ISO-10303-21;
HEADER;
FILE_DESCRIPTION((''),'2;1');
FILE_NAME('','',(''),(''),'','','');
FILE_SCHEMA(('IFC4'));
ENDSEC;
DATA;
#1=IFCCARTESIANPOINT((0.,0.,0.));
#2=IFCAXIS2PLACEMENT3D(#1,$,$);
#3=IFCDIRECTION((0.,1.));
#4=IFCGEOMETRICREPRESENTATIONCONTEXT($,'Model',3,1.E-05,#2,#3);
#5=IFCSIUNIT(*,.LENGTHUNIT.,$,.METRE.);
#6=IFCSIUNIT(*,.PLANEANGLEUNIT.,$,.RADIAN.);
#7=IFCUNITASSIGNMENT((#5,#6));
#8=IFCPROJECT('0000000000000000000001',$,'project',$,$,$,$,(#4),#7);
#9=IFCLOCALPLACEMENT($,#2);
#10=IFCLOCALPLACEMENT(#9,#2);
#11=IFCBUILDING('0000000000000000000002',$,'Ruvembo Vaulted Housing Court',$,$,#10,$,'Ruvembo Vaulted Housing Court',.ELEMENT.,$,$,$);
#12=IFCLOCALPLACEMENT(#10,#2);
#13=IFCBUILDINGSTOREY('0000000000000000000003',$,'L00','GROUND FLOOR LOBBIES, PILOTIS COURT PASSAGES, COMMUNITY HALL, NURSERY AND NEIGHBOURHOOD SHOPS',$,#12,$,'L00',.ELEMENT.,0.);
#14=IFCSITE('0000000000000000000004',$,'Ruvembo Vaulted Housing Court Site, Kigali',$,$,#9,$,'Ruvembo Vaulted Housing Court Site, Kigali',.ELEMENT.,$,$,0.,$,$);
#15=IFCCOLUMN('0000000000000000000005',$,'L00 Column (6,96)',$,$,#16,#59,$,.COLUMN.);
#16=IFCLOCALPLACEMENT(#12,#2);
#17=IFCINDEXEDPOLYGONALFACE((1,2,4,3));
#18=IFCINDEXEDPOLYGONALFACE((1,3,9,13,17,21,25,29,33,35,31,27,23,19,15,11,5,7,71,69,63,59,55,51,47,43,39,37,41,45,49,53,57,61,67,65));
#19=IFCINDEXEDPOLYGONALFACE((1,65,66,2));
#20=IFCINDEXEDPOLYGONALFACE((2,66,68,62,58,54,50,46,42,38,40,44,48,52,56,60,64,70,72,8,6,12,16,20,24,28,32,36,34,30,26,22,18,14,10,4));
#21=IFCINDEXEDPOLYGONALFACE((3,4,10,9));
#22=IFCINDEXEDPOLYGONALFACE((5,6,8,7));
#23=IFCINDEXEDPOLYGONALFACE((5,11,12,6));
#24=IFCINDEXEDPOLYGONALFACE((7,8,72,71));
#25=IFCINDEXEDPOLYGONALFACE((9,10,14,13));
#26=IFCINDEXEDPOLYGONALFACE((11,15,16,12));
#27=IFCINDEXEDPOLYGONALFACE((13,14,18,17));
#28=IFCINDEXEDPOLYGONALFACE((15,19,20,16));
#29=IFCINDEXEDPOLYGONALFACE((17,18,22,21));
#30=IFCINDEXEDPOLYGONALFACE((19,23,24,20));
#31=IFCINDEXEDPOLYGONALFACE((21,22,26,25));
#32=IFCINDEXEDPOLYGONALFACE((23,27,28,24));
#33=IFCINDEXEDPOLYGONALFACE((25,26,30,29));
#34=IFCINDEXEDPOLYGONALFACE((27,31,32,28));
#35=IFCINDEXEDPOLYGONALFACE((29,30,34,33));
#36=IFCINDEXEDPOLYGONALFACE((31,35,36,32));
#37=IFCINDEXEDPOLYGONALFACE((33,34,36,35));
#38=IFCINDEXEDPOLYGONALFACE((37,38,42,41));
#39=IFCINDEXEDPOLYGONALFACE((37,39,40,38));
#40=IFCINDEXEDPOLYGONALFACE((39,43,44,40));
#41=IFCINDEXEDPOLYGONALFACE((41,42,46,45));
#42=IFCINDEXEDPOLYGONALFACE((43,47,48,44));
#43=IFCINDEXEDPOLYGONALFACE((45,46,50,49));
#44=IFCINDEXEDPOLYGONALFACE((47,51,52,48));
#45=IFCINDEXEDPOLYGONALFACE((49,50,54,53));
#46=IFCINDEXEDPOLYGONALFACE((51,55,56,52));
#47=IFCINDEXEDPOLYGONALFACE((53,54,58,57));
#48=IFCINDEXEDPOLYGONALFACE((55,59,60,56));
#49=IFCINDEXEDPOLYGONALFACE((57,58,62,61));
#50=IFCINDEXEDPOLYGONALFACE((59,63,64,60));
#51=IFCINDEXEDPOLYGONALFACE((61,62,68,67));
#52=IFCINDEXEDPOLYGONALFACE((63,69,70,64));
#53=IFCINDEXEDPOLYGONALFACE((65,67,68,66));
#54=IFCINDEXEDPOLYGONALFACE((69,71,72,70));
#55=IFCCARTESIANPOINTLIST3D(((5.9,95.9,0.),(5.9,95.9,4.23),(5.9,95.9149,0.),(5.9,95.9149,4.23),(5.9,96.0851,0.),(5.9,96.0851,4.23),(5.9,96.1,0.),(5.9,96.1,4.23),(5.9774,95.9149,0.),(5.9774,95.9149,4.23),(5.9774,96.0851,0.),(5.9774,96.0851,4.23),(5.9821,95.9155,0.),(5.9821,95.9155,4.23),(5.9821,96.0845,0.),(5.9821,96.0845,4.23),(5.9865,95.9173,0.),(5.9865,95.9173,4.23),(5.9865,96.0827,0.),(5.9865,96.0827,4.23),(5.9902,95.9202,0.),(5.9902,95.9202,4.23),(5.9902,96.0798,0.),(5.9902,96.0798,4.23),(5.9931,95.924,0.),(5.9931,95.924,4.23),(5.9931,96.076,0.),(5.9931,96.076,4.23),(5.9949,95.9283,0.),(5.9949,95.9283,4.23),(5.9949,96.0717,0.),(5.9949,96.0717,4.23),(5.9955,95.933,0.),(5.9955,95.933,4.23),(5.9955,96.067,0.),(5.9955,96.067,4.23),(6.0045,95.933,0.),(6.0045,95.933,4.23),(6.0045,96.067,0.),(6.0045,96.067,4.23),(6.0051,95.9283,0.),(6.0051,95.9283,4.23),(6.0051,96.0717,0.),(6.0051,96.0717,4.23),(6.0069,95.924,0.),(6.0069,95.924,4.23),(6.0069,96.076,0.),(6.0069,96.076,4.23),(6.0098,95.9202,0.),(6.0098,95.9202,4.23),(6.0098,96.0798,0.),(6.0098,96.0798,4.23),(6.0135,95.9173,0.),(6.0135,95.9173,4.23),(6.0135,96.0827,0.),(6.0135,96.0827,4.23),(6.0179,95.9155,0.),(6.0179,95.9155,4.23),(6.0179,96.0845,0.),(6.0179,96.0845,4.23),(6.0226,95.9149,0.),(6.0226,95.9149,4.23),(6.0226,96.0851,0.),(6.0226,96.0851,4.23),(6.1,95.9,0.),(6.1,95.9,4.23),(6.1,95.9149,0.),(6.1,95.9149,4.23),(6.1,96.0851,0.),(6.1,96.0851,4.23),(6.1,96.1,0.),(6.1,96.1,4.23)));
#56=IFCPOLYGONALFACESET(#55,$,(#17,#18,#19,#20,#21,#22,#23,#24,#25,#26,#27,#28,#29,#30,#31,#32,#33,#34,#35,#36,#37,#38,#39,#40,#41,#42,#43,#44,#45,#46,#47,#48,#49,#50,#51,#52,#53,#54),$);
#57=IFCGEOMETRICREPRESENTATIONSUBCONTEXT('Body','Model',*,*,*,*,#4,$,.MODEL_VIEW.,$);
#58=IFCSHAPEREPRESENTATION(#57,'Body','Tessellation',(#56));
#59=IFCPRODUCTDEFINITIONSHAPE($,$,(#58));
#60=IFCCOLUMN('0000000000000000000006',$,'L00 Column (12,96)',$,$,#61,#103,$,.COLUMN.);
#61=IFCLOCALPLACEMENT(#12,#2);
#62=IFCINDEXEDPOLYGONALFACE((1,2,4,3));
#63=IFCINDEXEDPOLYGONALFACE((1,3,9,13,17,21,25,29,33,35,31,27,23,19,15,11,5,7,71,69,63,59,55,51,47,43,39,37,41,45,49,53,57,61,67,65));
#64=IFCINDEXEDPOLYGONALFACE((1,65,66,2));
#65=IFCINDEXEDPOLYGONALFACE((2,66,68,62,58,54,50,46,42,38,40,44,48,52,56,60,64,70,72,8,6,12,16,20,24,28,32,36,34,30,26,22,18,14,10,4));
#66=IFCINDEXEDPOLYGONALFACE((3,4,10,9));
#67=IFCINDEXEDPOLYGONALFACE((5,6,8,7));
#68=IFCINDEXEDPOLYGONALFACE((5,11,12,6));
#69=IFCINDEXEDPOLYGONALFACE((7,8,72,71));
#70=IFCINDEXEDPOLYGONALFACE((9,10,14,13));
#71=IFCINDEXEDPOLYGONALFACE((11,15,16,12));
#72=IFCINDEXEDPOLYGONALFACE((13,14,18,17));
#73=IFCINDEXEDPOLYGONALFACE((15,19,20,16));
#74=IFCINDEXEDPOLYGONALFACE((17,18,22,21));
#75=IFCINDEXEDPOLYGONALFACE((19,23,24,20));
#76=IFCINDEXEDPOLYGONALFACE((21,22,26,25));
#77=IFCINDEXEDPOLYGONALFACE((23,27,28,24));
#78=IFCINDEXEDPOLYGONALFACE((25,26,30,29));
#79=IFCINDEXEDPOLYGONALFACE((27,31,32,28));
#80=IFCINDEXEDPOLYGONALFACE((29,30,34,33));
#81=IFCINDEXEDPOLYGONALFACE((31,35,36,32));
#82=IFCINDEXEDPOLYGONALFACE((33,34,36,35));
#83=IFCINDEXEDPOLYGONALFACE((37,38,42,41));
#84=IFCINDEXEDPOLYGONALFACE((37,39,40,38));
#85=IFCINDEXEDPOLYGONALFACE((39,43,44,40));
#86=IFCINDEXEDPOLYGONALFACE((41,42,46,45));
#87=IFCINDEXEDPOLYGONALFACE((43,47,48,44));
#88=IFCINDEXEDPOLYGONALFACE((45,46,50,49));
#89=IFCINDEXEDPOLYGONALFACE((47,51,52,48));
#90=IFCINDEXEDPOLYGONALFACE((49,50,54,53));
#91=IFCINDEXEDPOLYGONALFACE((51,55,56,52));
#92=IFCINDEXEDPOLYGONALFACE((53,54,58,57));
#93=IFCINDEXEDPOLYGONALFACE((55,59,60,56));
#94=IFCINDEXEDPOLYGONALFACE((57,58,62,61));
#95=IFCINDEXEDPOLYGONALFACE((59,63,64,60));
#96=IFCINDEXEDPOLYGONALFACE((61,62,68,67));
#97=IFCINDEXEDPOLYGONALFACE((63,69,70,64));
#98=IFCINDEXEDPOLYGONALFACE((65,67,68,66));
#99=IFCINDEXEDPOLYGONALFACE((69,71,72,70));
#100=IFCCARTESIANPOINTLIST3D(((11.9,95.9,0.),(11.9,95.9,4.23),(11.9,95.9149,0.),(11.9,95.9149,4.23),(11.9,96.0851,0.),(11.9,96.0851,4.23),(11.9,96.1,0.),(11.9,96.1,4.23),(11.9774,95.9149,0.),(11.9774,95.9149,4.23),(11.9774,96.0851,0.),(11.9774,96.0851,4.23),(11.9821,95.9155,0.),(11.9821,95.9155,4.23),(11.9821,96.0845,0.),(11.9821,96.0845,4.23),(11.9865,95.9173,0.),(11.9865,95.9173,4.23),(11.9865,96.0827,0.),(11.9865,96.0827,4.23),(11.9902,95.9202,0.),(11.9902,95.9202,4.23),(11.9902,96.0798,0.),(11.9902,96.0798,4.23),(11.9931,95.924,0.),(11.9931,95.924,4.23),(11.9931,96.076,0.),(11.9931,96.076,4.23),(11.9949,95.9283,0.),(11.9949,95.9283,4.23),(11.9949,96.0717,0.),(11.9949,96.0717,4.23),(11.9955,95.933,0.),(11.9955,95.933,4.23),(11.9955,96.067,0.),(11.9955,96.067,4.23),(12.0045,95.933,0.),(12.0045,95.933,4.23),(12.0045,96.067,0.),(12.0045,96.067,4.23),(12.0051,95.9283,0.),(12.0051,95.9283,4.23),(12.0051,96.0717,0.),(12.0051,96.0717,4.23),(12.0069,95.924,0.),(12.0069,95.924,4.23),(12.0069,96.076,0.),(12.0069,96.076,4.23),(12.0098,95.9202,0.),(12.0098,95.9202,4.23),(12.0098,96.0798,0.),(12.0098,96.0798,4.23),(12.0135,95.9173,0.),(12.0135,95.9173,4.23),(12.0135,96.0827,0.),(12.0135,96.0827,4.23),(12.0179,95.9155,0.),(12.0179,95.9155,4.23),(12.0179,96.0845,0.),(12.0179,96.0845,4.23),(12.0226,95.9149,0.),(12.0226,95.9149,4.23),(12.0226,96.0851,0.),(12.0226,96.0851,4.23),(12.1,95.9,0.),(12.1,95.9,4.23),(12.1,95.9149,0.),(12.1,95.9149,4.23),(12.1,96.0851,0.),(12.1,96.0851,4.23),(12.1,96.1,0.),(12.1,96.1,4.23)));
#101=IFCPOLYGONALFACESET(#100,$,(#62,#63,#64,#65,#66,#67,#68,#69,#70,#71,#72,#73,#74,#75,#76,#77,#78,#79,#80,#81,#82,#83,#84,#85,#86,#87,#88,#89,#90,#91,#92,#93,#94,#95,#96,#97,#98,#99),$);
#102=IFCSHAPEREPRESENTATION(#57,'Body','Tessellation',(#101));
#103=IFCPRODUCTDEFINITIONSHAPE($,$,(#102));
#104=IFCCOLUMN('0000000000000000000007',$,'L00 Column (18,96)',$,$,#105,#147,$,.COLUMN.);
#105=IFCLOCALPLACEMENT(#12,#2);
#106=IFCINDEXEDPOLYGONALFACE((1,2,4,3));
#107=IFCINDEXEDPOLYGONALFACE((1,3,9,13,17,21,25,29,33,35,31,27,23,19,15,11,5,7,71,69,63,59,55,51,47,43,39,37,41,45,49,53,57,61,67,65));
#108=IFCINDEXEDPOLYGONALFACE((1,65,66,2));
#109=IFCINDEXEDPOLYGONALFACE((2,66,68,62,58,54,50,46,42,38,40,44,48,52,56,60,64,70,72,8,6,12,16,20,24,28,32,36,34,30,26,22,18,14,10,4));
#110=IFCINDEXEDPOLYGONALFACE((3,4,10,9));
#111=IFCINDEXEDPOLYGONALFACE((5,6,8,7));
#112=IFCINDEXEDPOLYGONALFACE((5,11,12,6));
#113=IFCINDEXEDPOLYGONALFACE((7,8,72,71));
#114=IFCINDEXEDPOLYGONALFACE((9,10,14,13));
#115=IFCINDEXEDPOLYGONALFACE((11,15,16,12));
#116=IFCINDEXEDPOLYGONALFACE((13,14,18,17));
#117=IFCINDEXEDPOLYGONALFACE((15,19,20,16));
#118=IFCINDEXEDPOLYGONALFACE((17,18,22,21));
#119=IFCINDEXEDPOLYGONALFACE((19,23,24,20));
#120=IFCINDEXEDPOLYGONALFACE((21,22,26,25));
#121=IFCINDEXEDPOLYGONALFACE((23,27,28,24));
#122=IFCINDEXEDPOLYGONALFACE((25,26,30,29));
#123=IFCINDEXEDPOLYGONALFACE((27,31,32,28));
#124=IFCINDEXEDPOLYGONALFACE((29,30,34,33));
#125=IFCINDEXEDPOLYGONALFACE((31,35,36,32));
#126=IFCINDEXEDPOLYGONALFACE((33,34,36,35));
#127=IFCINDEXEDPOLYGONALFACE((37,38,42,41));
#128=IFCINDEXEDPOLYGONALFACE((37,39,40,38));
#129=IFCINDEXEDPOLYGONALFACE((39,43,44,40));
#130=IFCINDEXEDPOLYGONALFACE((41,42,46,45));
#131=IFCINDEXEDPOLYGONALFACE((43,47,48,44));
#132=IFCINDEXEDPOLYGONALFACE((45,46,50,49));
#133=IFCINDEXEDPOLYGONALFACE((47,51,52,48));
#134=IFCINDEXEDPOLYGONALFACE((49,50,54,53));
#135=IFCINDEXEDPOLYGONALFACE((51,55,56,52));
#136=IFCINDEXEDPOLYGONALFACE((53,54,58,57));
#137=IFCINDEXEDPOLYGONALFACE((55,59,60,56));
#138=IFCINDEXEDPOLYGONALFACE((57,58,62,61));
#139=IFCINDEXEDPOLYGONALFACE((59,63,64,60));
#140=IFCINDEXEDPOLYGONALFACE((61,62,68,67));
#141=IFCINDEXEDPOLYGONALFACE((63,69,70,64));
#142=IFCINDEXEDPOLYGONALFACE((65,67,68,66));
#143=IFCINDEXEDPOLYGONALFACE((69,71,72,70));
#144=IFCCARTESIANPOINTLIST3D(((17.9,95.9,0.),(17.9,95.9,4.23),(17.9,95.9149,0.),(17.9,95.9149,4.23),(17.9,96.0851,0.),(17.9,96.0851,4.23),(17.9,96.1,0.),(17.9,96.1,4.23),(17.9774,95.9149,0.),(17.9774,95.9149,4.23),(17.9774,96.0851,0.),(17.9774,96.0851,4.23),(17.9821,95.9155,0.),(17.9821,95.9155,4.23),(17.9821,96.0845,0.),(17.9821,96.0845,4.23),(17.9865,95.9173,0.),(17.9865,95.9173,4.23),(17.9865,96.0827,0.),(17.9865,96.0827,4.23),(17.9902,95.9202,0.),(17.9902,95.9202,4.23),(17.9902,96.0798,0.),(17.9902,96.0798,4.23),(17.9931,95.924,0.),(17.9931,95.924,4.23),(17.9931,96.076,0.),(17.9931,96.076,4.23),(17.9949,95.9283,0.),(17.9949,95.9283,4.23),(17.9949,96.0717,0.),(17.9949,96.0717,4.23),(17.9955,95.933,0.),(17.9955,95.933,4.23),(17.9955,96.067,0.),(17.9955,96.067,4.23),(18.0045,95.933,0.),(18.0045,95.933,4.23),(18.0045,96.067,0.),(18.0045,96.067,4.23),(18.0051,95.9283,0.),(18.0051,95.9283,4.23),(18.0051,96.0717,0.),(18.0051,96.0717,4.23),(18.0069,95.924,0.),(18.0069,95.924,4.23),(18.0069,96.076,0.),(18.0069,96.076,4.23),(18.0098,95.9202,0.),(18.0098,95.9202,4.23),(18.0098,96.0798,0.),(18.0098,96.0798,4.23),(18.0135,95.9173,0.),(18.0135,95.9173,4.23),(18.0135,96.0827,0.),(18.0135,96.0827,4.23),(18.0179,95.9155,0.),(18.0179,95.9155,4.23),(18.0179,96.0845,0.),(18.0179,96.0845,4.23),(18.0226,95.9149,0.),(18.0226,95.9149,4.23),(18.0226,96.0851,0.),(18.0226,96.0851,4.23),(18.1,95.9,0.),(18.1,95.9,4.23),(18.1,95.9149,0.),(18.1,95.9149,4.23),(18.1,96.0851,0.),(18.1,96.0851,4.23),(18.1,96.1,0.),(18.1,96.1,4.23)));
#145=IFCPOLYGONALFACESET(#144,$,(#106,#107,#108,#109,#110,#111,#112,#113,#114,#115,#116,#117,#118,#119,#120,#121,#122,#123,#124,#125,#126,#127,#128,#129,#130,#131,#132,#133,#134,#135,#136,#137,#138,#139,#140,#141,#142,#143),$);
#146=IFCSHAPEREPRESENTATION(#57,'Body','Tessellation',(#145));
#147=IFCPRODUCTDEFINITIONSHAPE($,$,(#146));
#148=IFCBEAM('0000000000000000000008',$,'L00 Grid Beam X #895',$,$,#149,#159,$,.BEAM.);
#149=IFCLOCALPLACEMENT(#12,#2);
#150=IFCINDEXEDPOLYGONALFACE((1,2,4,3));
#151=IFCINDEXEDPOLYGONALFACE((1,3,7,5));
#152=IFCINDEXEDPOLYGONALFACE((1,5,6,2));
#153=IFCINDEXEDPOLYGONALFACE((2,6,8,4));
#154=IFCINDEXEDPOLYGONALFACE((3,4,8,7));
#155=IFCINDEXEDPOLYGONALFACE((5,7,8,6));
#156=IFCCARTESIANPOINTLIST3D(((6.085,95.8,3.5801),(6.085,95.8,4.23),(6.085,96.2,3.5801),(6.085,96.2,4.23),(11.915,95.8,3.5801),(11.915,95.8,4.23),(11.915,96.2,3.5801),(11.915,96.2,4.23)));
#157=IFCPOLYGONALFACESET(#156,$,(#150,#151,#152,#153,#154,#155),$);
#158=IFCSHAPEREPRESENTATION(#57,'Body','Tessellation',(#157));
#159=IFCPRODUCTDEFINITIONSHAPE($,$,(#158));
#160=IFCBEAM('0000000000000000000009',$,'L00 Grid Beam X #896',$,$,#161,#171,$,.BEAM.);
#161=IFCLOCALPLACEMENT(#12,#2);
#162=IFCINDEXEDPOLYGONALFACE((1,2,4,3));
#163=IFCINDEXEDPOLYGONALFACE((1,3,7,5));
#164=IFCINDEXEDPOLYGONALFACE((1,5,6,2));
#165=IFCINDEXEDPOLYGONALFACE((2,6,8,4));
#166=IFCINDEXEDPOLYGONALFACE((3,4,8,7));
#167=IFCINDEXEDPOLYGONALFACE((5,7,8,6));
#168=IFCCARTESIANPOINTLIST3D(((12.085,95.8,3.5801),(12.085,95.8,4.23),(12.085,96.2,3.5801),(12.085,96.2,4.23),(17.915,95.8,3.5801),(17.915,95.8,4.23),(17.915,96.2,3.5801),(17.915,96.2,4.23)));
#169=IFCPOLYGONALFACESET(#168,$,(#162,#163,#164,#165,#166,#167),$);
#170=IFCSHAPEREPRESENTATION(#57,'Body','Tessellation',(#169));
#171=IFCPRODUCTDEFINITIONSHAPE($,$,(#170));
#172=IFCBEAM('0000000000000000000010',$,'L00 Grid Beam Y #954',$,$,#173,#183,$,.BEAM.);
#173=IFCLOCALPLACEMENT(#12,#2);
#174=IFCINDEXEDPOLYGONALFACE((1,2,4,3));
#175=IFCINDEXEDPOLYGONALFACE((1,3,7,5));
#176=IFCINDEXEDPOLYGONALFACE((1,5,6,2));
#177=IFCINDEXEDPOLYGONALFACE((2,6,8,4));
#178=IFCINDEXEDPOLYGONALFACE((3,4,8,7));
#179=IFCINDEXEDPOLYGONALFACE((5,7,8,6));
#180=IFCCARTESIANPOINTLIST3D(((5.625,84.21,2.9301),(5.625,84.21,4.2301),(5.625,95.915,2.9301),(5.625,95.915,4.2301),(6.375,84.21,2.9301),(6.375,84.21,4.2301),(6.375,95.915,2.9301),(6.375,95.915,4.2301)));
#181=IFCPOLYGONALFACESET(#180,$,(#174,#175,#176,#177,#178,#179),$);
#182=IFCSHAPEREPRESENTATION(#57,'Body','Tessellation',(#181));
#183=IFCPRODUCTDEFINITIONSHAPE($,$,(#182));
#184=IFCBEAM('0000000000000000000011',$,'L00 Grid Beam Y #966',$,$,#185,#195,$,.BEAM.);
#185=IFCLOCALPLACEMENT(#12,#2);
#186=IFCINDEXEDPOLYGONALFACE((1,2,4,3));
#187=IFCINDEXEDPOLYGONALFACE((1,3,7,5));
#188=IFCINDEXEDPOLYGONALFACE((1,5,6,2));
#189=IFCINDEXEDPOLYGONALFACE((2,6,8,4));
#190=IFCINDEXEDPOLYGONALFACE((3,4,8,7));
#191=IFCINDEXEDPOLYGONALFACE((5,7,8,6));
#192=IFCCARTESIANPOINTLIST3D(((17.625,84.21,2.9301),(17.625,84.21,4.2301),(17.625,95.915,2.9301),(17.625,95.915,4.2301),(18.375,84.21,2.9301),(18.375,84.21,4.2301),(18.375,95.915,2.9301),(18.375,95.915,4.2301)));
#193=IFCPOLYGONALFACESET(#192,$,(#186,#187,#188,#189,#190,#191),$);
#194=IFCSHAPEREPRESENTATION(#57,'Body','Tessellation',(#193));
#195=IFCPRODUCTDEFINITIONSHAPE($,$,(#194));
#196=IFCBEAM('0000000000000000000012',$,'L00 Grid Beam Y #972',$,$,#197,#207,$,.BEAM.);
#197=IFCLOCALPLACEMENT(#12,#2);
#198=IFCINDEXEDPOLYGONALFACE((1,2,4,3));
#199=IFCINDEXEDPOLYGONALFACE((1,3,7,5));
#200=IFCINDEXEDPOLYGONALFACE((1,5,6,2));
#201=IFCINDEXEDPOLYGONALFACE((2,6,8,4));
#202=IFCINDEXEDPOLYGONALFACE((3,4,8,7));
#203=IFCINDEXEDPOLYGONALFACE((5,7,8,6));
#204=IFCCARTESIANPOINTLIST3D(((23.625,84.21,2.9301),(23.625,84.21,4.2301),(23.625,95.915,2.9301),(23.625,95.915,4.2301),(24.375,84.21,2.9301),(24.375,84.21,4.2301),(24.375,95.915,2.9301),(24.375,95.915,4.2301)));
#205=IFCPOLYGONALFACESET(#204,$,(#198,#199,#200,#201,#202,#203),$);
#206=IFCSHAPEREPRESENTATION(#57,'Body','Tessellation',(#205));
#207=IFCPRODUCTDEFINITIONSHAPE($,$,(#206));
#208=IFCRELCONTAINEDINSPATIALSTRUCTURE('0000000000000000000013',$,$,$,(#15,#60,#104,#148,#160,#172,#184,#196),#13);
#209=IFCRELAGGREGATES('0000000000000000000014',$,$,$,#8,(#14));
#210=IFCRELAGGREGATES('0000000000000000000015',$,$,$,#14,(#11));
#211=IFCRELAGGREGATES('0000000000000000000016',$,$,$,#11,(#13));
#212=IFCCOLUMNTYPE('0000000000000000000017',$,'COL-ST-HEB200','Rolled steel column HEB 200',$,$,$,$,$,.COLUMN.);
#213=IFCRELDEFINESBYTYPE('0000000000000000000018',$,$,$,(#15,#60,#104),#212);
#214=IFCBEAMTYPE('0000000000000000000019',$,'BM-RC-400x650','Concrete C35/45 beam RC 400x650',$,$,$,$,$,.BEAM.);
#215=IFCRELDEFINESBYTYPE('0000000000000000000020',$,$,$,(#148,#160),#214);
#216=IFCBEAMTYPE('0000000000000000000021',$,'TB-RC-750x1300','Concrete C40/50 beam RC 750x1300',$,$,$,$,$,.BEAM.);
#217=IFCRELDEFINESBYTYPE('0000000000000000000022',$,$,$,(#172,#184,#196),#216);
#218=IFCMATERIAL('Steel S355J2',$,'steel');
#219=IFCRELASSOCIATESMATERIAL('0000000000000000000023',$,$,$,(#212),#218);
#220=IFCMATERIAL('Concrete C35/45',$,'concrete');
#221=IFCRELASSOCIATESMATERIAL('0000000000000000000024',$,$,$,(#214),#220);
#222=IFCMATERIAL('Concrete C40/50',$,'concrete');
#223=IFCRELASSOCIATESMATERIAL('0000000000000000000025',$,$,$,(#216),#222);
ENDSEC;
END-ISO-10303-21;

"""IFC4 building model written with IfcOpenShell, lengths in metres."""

from ifc_helpers import new_model, si_unit, direction, frame, origin, origin_2d, place, context, subcontext, project, spatial, rectangle, i_section, extrude, material, material_profile, profile_set, type_object, element, save


model = new_model("IFC4")

# Units and contexts
model_context = context("Model", 3, precision=1e-05, world=origin(), true_north=direction((0.0, 1.0)))
body_context = subcontext(model_context, "Body", "Model", "MODEL_VIEW")
ifc_project = project(units=[si_unit("LENGTHUNIT", "METRE"), si_unit("PLANEANGLEUNIT", "RADIAN")], contexts=[model_context])

# Site, building, storey
site_placement = place(None, origin())
site = spatial("IfcSite", under=ifc_project, at=site_placement, Name="Ruvembo Vaulted Housing Court Site, Kigali", LongName="Ruvembo Vaulted Housing Court Site, Kigali", CompositionType="ELEMENT", RefElevation=0.0)
building_placement = place(site_placement, origin())
building = spatial("IfcBuilding", under=site, at=building_placement, Name="Ruvembo Vaulted Housing Court", LongName="Ruvembo Vaulted Housing Court", CompositionType="ELEMENT")
storey_placement = place(building_placement, origin())
storey = spatial("IfcBuildingStorey", under=building, at=storey_placement, Name="L00", Description="GROUND FLOOR LOBBIES, PILOTIS COURT PASSAGES, COMMUNITY HALL, NURSERY AND NEIGHBOURHOOD SHOPS", LongName="L00", CompositionType="ELEMENT", Elevation=0.0)

# Columns
ifc_material_1 = material(Name="Steel S355J2", Category="steel")
ifc_material_profile_1 = material_profile(ifc_material_1, i_section(OverallWidth=0.2, OverallDepth=0.2, WebThickness=0.009, FlangeThickness=0.0149, FilletRadius=0.0181, at=origin_2d()), Name="HEB 200")
ifc_profile_set_1 = profile_set([ifc_material_profile_1], Name="Steel S355J2")
column_type = type_object("IfcColumnType", Name="COL-ST-HEB200", Description="Rolled steel column HEB 200", PredefinedType="COLUMN", material=ifc_profile_set_1)
for number, where, z_axis, x_axis, name in (
    (1, (6.0, 96.0, 0.0), (0.0, 0.0, 1.0), (1.0, 0.0, 0.0), "L00 Column (6,96)"),
    (2, (12.0, 96.0, 0.0), (0.0, 0.0, 1.0), (1.0, 0.0, 0.0), "L00 Column (12,96)"),
    (3, (18.0, 96.0, 0.0), (0.0, 0.0, 1.0), (1.0, 0.0, 0.0), "L00 Column (18,96)"),
):
    element("IfcColumn", number, at=place(storey_placement, frame(where, z_axis=z_axis, x_axis=x_axis)), inside=storey, type_object=column_type, Name=name, PredefinedType="COLUMN", context=body_context, shape_type="SweptSolid", body=[
        extrude(i_section(OverallWidth=0.2, OverallDepth=0.2, WebThickness=0.009, FlangeThickness=0.0149, FilletRadius=0.0181, at=origin_2d()), origin(), (0.0, 0.0, 1.0), 4.23),
    ])

# Beams
ifc_material_2 = material(Name="Concrete C35/45", Category="concrete")
ifc_material_profile_2 = material_profile(ifc_material_2, rectangle(XDim=0.3999, YDim=0.6499, at=origin_2d()), Name="RC 400x650")
ifc_profile_set_2 = profile_set([ifc_material_profile_2], Name="Concrete C35/45")
beam_type_1 = type_object("IfcBeamType", Name="BM-RC-400x650", Description="Concrete C35/45 beam RC 400x650", PredefinedType="BEAM", material=ifc_profile_set_2)
for number, where, z_axis, x_axis, name in (
    (4, (6.085, 96.0, 3.905), (1.0, 0.0, 0.0), (0.0, 1.0, 0.0), "L00 Grid Beam X #895"),
    (5, (12.085, 96.0, 3.905), (1.0, 0.0, 0.0), (0.0, 1.0, 0.0), "L00 Grid Beam X #896"),
):
    element("IfcBeam", number, at=place(storey_placement, frame(where, z_axis=z_axis, x_axis=x_axis)), inside=storey, type_object=beam_type_1, Name=name, PredefinedType="BEAM", context=body_context, shape_type="SweptSolid", body=[
        extrude(rectangle(XDim=0.3999, YDim=0.6499, at=origin_2d()), origin(), (0.0, 0.0, 1.0), 5.8301),
    ])
ifc_material_3 = material(Name="Concrete C40/50", Category="concrete")
ifc_material_profile_3 = material_profile(ifc_material_3, rectangle(XDim=0.75, YDim=1.3, at=origin_2d()), Name="RC 750x1300")
ifc_profile_set_3 = profile_set([ifc_material_profile_3], Name="Concrete C40/50")
beam_type_2 = type_object("IfcBeamType", Name="TB-RC-750x1300", Description="Concrete C40/50 beam RC 750x1300", PredefinedType="BEAM", material=ifc_profile_set_3)
for number, where, z_axis, x_axis, name in (
    (6, (6.0, 84.21, 3.5801), (0.0, 1.0, 0.0), (-1.0, 0.0, 0.0), "L00 Grid Beam Y #954"),
    (7, (18.0, 84.21, 3.5801), (0.0, 1.0, 0.0), (-1.0, 0.0, 0.0), "L00 Grid Beam Y #966"),
    (8, (24.0, 84.21, 3.5801), (0.0, 1.0, 0.0), (-1.0, 0.0, 0.0), "L00 Grid Beam Y #972"),
):
    element("IfcBeam", number, at=place(storey_placement, frame(where, z_axis=z_axis, x_axis=x_axis)), inside=storey, type_object=beam_type_2, Name=name, PredefinedType="BEAM", context=body_context, shape_type="SweptSolid", body=[
        extrude(rectangle(XDim=0.75, YDim=1.3, at=origin_2d()), origin(), (0.0, 0.0, 1.0), 11.7051),
    ])

save(model, "model.ifc")
